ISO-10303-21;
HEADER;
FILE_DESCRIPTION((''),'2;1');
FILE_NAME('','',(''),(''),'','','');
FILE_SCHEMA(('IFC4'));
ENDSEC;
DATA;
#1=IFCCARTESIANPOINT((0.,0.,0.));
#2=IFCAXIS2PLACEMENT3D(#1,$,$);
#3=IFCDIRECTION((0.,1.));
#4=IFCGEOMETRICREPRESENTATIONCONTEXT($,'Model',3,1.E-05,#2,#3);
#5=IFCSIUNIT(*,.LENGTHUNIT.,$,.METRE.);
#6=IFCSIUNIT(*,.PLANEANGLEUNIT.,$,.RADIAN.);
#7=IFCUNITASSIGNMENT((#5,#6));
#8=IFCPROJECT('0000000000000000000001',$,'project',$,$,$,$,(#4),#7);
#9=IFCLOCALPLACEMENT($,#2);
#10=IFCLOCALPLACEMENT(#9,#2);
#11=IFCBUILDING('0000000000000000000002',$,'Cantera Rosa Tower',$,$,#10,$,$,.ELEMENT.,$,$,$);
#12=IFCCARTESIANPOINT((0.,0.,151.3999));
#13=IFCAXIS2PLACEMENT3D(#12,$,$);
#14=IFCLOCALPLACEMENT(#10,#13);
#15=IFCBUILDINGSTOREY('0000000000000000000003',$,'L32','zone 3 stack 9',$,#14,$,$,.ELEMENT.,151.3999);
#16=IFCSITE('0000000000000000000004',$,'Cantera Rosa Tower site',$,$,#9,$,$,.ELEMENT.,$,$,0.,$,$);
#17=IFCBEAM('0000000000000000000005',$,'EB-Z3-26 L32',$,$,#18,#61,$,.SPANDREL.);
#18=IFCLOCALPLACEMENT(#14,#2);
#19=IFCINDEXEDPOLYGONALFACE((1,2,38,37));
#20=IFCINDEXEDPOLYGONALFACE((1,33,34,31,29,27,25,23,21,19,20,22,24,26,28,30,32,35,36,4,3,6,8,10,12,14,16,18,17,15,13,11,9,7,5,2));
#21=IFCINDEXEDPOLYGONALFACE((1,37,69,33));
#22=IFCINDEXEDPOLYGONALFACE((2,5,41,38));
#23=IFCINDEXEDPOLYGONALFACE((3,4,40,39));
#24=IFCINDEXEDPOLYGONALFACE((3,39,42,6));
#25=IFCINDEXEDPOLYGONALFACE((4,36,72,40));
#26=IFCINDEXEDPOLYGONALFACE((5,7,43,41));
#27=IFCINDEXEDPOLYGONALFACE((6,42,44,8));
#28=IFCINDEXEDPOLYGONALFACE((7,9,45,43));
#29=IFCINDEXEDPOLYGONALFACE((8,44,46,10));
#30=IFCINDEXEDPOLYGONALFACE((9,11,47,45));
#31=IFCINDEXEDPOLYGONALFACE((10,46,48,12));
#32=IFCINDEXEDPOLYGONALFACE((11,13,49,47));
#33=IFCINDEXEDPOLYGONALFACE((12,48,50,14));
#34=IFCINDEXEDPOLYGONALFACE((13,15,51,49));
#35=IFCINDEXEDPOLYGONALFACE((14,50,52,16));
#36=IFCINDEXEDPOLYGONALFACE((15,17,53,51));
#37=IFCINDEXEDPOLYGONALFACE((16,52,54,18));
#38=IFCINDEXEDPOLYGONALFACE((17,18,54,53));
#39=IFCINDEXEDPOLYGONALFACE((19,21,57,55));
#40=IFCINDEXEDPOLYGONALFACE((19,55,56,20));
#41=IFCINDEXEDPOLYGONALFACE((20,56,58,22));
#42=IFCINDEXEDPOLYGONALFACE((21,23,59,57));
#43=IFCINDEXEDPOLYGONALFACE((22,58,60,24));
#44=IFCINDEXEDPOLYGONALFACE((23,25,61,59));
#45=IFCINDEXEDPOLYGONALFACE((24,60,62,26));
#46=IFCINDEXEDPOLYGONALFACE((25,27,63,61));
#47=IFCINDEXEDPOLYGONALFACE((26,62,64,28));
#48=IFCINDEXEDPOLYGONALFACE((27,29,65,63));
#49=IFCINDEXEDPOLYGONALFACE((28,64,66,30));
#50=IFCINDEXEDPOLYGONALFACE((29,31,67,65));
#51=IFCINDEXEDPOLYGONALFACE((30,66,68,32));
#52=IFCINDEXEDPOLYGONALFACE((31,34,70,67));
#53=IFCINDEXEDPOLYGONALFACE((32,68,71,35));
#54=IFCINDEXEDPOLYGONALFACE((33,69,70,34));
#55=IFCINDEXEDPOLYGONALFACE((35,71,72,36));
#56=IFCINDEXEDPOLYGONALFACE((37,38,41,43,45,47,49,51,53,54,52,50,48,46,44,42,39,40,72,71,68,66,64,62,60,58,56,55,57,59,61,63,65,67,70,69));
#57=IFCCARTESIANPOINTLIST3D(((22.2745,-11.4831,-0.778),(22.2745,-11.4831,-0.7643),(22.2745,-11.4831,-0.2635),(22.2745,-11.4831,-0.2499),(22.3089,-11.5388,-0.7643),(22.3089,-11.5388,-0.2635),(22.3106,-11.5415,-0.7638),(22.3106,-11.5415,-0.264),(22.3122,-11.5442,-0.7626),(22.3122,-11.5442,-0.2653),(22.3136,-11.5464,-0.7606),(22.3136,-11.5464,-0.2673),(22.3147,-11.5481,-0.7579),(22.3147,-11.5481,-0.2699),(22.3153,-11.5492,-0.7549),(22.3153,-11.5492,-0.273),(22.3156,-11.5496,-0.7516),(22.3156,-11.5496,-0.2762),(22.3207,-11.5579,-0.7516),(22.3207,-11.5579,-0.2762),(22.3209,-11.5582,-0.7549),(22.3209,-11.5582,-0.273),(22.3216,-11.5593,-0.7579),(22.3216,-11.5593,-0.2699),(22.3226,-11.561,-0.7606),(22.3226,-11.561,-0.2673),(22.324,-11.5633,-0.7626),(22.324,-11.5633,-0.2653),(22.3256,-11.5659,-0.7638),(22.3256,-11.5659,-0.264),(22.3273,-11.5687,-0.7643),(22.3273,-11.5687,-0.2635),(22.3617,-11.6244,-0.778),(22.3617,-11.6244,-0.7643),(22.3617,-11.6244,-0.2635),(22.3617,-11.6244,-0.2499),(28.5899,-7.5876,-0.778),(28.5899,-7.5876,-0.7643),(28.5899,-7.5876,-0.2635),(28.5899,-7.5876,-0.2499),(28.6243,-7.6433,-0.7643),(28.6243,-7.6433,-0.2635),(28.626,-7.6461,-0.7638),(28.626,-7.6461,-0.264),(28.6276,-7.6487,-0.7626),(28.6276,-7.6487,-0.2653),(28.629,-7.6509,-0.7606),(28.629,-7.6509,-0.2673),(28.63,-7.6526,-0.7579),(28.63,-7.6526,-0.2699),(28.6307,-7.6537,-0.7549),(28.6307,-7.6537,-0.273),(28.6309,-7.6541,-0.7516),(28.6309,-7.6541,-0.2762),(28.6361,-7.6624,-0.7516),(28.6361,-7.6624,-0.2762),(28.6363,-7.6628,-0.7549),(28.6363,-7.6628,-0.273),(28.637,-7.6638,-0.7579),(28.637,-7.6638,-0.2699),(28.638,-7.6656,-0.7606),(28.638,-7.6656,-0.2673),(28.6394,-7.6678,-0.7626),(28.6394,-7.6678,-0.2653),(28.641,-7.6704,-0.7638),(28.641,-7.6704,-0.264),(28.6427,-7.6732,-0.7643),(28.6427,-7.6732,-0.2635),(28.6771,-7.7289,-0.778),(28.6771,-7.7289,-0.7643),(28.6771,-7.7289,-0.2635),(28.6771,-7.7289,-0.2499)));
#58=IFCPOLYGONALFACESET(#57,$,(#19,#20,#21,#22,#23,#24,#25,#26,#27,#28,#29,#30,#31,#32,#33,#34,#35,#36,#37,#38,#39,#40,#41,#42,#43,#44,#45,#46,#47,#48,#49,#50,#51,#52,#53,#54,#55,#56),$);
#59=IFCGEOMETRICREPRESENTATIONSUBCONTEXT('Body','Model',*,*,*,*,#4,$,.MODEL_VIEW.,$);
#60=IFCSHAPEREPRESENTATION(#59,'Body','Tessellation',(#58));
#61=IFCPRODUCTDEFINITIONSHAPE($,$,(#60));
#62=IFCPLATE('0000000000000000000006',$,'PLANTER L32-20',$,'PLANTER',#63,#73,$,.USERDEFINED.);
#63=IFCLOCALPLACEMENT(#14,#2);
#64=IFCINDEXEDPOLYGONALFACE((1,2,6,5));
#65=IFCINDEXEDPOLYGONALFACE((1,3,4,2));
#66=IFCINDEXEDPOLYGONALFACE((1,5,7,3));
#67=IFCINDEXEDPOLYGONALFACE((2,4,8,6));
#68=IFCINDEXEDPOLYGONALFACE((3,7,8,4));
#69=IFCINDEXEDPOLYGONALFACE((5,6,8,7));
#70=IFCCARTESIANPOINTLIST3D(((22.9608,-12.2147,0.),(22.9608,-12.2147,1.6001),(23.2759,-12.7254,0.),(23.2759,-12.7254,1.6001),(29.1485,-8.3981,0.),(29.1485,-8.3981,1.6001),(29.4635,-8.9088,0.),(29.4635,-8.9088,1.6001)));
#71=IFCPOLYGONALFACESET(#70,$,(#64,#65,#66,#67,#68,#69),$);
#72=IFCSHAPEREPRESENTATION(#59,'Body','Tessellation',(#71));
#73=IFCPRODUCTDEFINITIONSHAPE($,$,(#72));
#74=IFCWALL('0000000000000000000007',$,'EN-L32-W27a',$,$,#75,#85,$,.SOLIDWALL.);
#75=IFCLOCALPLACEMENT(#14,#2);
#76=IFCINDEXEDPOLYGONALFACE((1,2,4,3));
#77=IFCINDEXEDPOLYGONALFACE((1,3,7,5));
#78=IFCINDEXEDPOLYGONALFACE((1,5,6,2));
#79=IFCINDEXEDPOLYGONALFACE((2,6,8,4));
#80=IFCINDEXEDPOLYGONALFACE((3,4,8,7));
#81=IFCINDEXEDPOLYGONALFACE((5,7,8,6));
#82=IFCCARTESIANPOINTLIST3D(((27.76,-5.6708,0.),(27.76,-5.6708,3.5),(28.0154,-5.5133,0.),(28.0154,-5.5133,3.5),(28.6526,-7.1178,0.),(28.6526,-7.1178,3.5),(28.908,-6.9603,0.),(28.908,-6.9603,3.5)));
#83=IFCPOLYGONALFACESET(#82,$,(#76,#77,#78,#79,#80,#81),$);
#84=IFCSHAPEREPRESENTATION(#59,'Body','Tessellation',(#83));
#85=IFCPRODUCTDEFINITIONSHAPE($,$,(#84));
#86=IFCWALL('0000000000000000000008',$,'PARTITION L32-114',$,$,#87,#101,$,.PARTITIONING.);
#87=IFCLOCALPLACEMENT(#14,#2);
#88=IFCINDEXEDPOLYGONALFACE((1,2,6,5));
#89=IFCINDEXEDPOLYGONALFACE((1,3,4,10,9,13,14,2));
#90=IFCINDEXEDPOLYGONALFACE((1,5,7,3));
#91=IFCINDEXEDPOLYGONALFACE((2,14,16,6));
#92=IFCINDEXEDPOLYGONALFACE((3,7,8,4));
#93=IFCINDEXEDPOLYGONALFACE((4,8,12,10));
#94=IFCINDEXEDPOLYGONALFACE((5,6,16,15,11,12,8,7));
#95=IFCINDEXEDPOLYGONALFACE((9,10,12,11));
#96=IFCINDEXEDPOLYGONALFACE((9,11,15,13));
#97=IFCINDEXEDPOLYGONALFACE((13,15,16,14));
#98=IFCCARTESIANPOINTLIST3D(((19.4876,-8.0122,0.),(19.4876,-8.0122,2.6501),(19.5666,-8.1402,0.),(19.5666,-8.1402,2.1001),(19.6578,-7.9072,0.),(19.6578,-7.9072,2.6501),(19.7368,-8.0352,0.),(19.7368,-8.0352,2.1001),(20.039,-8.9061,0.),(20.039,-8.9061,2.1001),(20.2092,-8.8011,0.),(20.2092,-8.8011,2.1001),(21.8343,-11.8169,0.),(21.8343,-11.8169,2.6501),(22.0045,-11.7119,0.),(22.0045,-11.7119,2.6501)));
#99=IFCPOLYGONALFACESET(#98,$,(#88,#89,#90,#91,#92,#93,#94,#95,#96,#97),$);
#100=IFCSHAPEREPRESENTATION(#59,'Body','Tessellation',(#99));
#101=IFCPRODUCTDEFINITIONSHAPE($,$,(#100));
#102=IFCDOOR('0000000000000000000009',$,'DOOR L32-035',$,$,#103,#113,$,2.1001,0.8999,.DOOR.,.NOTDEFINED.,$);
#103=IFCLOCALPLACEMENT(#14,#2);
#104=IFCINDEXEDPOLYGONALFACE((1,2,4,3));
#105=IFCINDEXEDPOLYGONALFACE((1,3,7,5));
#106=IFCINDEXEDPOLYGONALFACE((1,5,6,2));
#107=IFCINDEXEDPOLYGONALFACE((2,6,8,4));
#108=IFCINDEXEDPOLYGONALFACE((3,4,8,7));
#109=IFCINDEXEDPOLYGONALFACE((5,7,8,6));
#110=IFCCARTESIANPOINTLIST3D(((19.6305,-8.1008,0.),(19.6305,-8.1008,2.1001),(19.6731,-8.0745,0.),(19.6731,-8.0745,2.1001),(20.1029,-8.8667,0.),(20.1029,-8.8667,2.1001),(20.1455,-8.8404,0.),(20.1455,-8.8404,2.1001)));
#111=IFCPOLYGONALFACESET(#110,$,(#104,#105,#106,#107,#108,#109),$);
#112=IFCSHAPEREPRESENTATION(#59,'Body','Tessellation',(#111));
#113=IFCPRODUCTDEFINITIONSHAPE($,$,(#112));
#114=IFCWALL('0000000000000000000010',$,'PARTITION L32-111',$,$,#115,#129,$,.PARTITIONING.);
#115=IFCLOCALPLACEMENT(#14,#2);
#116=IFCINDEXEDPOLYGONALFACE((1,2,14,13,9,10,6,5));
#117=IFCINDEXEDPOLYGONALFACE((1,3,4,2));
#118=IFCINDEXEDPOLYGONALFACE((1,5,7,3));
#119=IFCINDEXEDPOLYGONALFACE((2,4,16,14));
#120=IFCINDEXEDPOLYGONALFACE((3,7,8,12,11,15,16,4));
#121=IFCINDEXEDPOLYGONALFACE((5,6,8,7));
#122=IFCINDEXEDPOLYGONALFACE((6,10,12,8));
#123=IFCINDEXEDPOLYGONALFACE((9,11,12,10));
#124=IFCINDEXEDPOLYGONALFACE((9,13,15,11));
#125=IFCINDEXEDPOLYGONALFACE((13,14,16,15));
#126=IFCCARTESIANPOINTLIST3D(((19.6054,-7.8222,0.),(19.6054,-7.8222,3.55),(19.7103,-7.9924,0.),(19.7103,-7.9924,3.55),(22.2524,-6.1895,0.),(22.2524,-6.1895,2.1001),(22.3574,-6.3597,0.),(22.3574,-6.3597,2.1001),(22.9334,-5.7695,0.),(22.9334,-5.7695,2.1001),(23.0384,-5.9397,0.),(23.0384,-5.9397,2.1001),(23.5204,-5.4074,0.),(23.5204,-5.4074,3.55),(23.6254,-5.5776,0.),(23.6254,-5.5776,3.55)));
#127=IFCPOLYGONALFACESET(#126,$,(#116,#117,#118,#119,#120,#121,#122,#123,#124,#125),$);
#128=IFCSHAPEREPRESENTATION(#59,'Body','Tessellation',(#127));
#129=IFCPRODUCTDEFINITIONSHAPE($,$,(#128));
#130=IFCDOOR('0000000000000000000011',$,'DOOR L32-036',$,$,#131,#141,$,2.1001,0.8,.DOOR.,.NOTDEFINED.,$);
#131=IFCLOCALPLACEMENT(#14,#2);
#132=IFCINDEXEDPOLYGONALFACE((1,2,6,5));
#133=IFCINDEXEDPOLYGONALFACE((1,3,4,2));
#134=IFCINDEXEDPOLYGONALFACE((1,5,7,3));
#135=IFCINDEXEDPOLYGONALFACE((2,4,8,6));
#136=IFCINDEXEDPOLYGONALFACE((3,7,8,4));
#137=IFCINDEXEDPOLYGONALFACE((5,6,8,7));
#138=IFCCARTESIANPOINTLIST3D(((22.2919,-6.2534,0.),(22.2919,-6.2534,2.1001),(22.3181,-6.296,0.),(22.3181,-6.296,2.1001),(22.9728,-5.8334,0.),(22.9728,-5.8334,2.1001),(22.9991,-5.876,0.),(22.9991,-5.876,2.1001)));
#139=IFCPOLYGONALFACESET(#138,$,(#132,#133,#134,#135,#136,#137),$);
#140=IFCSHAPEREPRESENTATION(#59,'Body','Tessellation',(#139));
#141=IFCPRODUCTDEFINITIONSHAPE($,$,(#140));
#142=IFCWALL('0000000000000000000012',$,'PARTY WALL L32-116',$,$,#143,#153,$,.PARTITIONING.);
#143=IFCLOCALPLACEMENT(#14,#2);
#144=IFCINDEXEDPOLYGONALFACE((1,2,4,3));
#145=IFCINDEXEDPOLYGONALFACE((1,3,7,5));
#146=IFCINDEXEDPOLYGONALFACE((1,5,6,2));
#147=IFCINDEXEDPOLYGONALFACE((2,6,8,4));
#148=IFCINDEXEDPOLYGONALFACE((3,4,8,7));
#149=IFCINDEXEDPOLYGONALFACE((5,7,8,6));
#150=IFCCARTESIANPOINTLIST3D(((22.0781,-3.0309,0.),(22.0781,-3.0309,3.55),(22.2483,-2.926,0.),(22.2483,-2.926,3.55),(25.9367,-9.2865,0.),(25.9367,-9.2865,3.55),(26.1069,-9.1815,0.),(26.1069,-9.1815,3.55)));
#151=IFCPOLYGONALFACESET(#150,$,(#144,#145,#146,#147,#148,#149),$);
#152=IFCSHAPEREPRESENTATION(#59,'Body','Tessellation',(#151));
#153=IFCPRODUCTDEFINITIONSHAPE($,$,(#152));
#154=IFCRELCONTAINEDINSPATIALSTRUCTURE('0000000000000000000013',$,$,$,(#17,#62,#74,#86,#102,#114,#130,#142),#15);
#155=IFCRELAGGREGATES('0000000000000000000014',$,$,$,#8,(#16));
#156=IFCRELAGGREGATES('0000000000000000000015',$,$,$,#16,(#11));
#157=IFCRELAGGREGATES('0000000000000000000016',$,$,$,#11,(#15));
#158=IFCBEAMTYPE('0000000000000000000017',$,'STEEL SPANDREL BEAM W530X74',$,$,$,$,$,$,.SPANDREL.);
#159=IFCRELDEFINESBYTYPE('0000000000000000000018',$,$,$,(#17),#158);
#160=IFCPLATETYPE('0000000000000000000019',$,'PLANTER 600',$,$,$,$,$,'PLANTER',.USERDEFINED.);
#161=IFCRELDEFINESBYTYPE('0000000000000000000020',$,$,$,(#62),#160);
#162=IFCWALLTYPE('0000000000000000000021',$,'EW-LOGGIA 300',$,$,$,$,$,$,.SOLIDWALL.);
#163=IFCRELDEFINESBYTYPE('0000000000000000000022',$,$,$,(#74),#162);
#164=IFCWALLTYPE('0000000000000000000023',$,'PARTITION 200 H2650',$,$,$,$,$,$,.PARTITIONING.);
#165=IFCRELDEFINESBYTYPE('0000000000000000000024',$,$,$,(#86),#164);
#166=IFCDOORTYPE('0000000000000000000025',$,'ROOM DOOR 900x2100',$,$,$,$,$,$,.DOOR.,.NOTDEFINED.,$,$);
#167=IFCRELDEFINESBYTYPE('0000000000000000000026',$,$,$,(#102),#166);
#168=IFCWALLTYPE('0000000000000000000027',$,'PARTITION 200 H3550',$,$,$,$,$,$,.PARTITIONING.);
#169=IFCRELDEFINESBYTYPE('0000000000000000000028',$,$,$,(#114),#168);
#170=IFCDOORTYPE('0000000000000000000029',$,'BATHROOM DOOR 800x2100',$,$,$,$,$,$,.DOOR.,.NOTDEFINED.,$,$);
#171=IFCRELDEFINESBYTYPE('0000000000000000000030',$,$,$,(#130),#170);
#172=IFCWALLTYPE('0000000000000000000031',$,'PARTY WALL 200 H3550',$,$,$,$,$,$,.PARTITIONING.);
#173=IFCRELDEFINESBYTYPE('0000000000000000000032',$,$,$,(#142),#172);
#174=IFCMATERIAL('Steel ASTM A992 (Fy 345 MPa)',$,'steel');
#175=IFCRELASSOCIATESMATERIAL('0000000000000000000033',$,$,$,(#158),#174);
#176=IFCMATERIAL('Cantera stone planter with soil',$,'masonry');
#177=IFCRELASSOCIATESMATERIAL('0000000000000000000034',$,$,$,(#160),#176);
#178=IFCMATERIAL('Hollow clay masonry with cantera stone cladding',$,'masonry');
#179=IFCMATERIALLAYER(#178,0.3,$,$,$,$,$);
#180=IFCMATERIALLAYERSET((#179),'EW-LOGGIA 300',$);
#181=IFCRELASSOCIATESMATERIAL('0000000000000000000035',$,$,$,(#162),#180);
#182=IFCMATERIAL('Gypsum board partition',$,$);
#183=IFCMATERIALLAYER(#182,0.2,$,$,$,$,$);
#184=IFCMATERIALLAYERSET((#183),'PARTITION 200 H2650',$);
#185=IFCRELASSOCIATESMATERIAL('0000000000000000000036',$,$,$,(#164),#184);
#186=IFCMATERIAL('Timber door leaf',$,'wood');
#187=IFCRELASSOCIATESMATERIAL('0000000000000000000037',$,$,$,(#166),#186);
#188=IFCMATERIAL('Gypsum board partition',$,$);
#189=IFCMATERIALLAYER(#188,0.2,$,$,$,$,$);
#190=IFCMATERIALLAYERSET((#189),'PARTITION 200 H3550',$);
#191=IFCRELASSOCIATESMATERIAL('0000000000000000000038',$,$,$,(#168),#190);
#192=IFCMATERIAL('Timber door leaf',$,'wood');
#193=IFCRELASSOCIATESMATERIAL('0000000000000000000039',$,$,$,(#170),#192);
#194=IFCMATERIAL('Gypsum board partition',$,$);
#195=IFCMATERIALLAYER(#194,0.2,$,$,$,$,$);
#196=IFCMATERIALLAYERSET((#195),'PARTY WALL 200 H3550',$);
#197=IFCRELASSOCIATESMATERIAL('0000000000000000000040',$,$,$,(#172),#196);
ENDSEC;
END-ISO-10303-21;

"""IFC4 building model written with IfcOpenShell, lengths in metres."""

from ifc_helpers import new_model, si_unit, direction, frame, frame_2d, origin, origin_2d, place, context, subcontext, project, spatial, rectangle, i_section, extrude, material, layer, layer_set, material_profile, profile_set, type_object, element, fill, save


model = new_model("IFC4")

# Units and contexts
model_context = context("Model", 3, precision=1e-05, world=origin(), true_north=direction((0.0, 1.0)))
body_context = subcontext(model_context, "Body", "Model", "MODEL_VIEW")
ifc_project = project(units=[si_unit("LENGTHUNIT", "METRE"), si_unit("PLANEANGLEUNIT", "RADIAN")], contexts=[model_context])

# Site, building, storey
site_placement = place(None, origin())
site = spatial("IfcSite", under=ifc_project, at=site_placement, Name="Cantera Rosa Tower site", CompositionType="ELEMENT", RefElevation=0.0)
building_placement = place(site_placement, origin())
building = spatial("IfcBuilding", under=site, at=building_placement, Name="Cantera Rosa Tower", CompositionType="ELEMENT")
storey_placement = place(building_placement, frame((0.0, 0.0, 151.3999)))
storey = spatial("IfcBuildingStorey", under=building, at=storey_placement, Name="L32", Description="zone 3 stack 9", CompositionType="ELEMENT", Elevation=151.3999)

# Beam
ifc_material_1 = material(Name="Steel ASTM A992 (Fy 345 MPa)", Category="steel")
ifc_material_profile_1 = material_profile(ifc_material_1, i_section(OverallWidth=0.166, OverallDepth=0.5281, WebThickness=0.0098, FlangeThickness=0.0137, FilletRadius=0.0127, at=origin_2d()), Name="W530X74")
ifc_profile_set_1 = profile_set([ifc_material_profile_1], Name="Steel ASTM A992 (Fy 345 MPa)")
beam_type_1 = type_object("IfcBeamType", Name="STEEL SPANDREL BEAM W530X74", PredefinedType="SPANDREL", material=ifc_profile_set_1)
beam_1_placement = place(storey_placement, frame((22.3181, -11.5537, -0.5139), z_axis=(0.851111, 0.524986, 0.0), x_axis=(-0.524986, 0.851111, 0.0)))
element("IfcBeam", 1, at=beam_1_placement, inside=storey, type_object=beam_type_1, Name="EB-Z3-26 L32", PredefinedType="SPANDREL", context=body_context, shape_type="SweptSolid", body=[
    extrude(i_section(OverallWidth=0.166, OverallDepth=0.5281, WebThickness=0.0098, FlangeThickness=0.0137, FilletRadius=0.0127, at=origin_2d()), origin(), (0.0, 0.0, 1.0), 7.4202),
])

# Plate
ifc_material_2 = material(Name="Cantera stone planter with soil", Category="masonry")
plate_type = type_object("IfcPlateType", Name="PLANTER 600", ElementType="PLANTER", PredefinedType="USERDEFINED", material=ifc_material_2)
plate_placement = place(storey_placement, frame((26.2122, -10.5618, 0.0), z_axis=(0.0, 0.0, 1.0), x_axis=(0.851117, 0.524977, 0.0)))
element("IfcPlate", 2, at=plate_placement, inside=storey, type_object=plate_type, Name="PLANTER L32-20", ObjectType="PLANTER", PredefinedType="USERDEFINED", context=body_context, shape_type="SweptSolid", body=[
    extrude(rectangle(XDim=7.27, YDim=0.6001, at=origin_2d()), origin(), (0.0, 0.0, 1.0), 1.6001),
])

# Wall
ifc_material_3 = material(Name="Hollow clay masonry with cantera stone cladding", Category="masonry")
ifc_layer_1 = layer(ifc_material_3, 0.3)
ifc_layer_set_1 = layer_set([ifc_layer_1], Name="EW-LOGGIA 300")
wall_type_1 = type_object("IfcWallType", Name="EW-LOGGIA 300", PredefinedType="SOLIDWALL", material=ifc_layer_set_1)
wall_1_placement = place(storey_placement, frame((28.7803, -7.0391, 0.0), z_axis=(0.0, 0.0, 1.0), x_axis=(-0.524994, 0.851106, 0.0)))
element("IfcWall", 3, at=wall_1_placement, inside=storey, type_object=wall_type_1, Name="EN-L32-W27a", PredefinedType="SOLIDWALL", context=body_context, shape_type="SweptSolid", body=[
    extrude(rectangle(XDim=1.7002, YDim=0.3, at=frame_2d((0.8501, 0.0))), origin(), (0.0, 0.0, 1.0), 3.5),
])

# Walls, openings, doors
ifc_material_4 = material(Name="Gypsum board partition")
ifc_layer_2 = layer(ifc_material_4, 0.2)
ifc_layer_set_2 = layer_set([ifc_layer_2], Name="PARTITION 200 H2650")
wall_type_2 = type_object("IfcWallType", Name="PARTITION 200 H2650", PredefinedType="PARTITIONING", material=ifc_layer_set_2)
wall_2_placement = place(storey_placement, frame((21.9194, -11.7644, 0.0), z_axis=(0.0, 0.0, 1.0), x_axis=(-0.524963, 0.851125, 0.0)))
wall_2 = element("IfcWall", 4, at=wall_2_placement, inside=storey, type_object=wall_type_2, Name="PARTITION L32-114", PredefinedType="PARTITIONING", context=body_context, shape_type="SweptSolid", body=[
    extrude(rectangle(XDim=4.4702, YDim=0.2, at=frame_2d((2.2351, 0.0))), origin(), (0.0, 0.0, 1.0), 2.6501),
])
opening_1_placement = place(wall_2_placement, frame((3.4199, 0.0, 0.0)))
opening_1 = element("IfcOpeningElement", 5, at=opening_1_placement, cuts=wall_2, PredefinedType="OPENING", context=body_context, shape_type="SweptSolid", body=[
    extrude(rectangle(XDim=0.8999, YDim=2.1001, at=frame_2d((0.45, 1.05))), frame((0.0, 0.1099, 0.0), z_axis=(0.0, -1.0, 0.0), x_axis=(1.0, 0.0, 0.0)), (0.0, 0.0, 1.0), 0.22),
])
ifc_material_5 = material(Name="Timber door leaf", Category="wood")
door_type_1 = type_object("IfcDoorType", Name="ROOM DOOR 900x2100", OperationType="NOTDEFINED", PredefinedType="DOOR", material=ifc_material_5)
door_1_placement = place(opening_1_placement, origin())
door_1 = element("IfcDoor", 6, at=door_1_placement, inside=storey, type_object=door_type_1, Name="DOOR L32-035", OperationType="NOTDEFINED", OverallHeight=2.1001, OverallWidth=0.8999, PredefinedType="DOOR", context=body_context, shape_type="SweptSolid", body=[
    extrude(rectangle(XDim=0.8999, YDim=2.1001, at=frame_2d((0.45, 1.05))), frame((0.0, 0.0249, 0.0), z_axis=(0.0, -1.0, 0.0), x_axis=(1.0, 0.0, 0.0)), (0.0, 0.0, 1.0), 0.05),
])
fill(opening_1, door_1)
ifc_material_6 = material(Name="Gypsum board partition")
ifc_layer_3 = layer(ifc_material_6, 0.2)
ifc_layer_set_3 = layer_set([ifc_layer_3], Name="PARTITION 200 H3550")
wall_type_3 = type_object("IfcWallType", Name="PARTITION 200 H3550", PredefinedType="PARTITIONING", material=ifc_layer_set_3)
wall_3_placement = place(storey_placement, frame((19.658, -7.9072, 0.0), z_axis=(0.0, 0.0, 1.0), x_axis=(0.85112, 0.524971, 0.0)))
wall_3 = element("IfcWall", 7, at=wall_3_placement, inside=storey, type_object=wall_type_3, Name="PARTITION L32-111", PredefinedType="PARTITIONING", context=body_context, shape_type="SweptSolid", body=[
    extrude(rectangle(XDim=4.5999, YDim=0.2, at=frame_2d((2.2998, 0.0))), origin(), (0.0, 0.0, 1.0), 3.55),
])
opening_2_placement = place(wall_3_placement, frame((3.1101, 0.0, 0.0)))
opening_2 = element("IfcOpeningElement", 8, at=opening_2_placement, cuts=wall_3, PredefinedType="OPENING", context=body_context, shape_type="SweptSolid", body=[
    extrude(rectangle(XDim=0.8, YDim=2.1001, at=frame_2d((0.3999, 1.05))), frame((0.0, 0.1099, 0.0), z_axis=(0.0, -1.0, 0.0), x_axis=(1.0, 0.0, 0.0)), (0.0, 0.0, 1.0), 0.22),
])
ifc_material_7 = material(Name="Timber door leaf", Category="wood")
door_type_2 = type_object("IfcDoorType", Name="BATHROOM DOOR 800x2100", OperationType="NOTDEFINED", PredefinedType="DOOR", material=ifc_material_7)
door_2_placement = place(opening_2_placement, origin())
door_2 = element("IfcDoor", 9, at=door_2_placement, inside=storey, type_object=door_type_2, Name="DOOR L32-036", OperationType="NOTDEFINED", OverallHeight=2.1001, OverallWidth=0.8, PredefinedType="DOOR", context=body_context, shape_type="SweptSolid", body=[
    extrude(rectangle(XDim=0.8, YDim=2.1001, at=frame_2d((0.3999, 1.05))), frame((0.0, 0.0249, 0.0), z_axis=(0.0, -1.0, 0.0), x_axis=(1.0, 0.0, 0.0)), (0.0, 0.0, 1.0), 0.05),
])
fill(opening_2, door_2)

# Wall
ifc_material_8 = material(Name="Gypsum board partition")
ifc_layer_4 = layer(ifc_material_8, 0.2)
ifc_layer_set_4 = layer_set([ifc_layer_4], Name="PARTY WALL 200 H3550")
wall_type_4 = type_object("IfcWallType", Name="PARTY WALL 200 H3550", PredefinedType="PARTITIONING", material=ifc_layer_set_4)
wall_4_placement = place(storey_placement, frame((26.0217, -9.2339, 0.0), z_axis=(0.0, 0.0, 1.0), x_axis=(-0.524989, 0.851109, 0.0)))
element("IfcWall", 10, at=wall_4_placement, inside=storey, type_object=wall_type_4, Name="PARTY WALL L32-116", PredefinedType="PARTITIONING", context=body_context, shape_type="SweptSolid", body=[
    extrude(rectangle(XDim=7.3499, YDim=0.2, at=frame_2d((3.6748, 0.0))), origin(), (0.0, 0.0, 1.0), 3.55),
])

save(model, "model.ifc")
